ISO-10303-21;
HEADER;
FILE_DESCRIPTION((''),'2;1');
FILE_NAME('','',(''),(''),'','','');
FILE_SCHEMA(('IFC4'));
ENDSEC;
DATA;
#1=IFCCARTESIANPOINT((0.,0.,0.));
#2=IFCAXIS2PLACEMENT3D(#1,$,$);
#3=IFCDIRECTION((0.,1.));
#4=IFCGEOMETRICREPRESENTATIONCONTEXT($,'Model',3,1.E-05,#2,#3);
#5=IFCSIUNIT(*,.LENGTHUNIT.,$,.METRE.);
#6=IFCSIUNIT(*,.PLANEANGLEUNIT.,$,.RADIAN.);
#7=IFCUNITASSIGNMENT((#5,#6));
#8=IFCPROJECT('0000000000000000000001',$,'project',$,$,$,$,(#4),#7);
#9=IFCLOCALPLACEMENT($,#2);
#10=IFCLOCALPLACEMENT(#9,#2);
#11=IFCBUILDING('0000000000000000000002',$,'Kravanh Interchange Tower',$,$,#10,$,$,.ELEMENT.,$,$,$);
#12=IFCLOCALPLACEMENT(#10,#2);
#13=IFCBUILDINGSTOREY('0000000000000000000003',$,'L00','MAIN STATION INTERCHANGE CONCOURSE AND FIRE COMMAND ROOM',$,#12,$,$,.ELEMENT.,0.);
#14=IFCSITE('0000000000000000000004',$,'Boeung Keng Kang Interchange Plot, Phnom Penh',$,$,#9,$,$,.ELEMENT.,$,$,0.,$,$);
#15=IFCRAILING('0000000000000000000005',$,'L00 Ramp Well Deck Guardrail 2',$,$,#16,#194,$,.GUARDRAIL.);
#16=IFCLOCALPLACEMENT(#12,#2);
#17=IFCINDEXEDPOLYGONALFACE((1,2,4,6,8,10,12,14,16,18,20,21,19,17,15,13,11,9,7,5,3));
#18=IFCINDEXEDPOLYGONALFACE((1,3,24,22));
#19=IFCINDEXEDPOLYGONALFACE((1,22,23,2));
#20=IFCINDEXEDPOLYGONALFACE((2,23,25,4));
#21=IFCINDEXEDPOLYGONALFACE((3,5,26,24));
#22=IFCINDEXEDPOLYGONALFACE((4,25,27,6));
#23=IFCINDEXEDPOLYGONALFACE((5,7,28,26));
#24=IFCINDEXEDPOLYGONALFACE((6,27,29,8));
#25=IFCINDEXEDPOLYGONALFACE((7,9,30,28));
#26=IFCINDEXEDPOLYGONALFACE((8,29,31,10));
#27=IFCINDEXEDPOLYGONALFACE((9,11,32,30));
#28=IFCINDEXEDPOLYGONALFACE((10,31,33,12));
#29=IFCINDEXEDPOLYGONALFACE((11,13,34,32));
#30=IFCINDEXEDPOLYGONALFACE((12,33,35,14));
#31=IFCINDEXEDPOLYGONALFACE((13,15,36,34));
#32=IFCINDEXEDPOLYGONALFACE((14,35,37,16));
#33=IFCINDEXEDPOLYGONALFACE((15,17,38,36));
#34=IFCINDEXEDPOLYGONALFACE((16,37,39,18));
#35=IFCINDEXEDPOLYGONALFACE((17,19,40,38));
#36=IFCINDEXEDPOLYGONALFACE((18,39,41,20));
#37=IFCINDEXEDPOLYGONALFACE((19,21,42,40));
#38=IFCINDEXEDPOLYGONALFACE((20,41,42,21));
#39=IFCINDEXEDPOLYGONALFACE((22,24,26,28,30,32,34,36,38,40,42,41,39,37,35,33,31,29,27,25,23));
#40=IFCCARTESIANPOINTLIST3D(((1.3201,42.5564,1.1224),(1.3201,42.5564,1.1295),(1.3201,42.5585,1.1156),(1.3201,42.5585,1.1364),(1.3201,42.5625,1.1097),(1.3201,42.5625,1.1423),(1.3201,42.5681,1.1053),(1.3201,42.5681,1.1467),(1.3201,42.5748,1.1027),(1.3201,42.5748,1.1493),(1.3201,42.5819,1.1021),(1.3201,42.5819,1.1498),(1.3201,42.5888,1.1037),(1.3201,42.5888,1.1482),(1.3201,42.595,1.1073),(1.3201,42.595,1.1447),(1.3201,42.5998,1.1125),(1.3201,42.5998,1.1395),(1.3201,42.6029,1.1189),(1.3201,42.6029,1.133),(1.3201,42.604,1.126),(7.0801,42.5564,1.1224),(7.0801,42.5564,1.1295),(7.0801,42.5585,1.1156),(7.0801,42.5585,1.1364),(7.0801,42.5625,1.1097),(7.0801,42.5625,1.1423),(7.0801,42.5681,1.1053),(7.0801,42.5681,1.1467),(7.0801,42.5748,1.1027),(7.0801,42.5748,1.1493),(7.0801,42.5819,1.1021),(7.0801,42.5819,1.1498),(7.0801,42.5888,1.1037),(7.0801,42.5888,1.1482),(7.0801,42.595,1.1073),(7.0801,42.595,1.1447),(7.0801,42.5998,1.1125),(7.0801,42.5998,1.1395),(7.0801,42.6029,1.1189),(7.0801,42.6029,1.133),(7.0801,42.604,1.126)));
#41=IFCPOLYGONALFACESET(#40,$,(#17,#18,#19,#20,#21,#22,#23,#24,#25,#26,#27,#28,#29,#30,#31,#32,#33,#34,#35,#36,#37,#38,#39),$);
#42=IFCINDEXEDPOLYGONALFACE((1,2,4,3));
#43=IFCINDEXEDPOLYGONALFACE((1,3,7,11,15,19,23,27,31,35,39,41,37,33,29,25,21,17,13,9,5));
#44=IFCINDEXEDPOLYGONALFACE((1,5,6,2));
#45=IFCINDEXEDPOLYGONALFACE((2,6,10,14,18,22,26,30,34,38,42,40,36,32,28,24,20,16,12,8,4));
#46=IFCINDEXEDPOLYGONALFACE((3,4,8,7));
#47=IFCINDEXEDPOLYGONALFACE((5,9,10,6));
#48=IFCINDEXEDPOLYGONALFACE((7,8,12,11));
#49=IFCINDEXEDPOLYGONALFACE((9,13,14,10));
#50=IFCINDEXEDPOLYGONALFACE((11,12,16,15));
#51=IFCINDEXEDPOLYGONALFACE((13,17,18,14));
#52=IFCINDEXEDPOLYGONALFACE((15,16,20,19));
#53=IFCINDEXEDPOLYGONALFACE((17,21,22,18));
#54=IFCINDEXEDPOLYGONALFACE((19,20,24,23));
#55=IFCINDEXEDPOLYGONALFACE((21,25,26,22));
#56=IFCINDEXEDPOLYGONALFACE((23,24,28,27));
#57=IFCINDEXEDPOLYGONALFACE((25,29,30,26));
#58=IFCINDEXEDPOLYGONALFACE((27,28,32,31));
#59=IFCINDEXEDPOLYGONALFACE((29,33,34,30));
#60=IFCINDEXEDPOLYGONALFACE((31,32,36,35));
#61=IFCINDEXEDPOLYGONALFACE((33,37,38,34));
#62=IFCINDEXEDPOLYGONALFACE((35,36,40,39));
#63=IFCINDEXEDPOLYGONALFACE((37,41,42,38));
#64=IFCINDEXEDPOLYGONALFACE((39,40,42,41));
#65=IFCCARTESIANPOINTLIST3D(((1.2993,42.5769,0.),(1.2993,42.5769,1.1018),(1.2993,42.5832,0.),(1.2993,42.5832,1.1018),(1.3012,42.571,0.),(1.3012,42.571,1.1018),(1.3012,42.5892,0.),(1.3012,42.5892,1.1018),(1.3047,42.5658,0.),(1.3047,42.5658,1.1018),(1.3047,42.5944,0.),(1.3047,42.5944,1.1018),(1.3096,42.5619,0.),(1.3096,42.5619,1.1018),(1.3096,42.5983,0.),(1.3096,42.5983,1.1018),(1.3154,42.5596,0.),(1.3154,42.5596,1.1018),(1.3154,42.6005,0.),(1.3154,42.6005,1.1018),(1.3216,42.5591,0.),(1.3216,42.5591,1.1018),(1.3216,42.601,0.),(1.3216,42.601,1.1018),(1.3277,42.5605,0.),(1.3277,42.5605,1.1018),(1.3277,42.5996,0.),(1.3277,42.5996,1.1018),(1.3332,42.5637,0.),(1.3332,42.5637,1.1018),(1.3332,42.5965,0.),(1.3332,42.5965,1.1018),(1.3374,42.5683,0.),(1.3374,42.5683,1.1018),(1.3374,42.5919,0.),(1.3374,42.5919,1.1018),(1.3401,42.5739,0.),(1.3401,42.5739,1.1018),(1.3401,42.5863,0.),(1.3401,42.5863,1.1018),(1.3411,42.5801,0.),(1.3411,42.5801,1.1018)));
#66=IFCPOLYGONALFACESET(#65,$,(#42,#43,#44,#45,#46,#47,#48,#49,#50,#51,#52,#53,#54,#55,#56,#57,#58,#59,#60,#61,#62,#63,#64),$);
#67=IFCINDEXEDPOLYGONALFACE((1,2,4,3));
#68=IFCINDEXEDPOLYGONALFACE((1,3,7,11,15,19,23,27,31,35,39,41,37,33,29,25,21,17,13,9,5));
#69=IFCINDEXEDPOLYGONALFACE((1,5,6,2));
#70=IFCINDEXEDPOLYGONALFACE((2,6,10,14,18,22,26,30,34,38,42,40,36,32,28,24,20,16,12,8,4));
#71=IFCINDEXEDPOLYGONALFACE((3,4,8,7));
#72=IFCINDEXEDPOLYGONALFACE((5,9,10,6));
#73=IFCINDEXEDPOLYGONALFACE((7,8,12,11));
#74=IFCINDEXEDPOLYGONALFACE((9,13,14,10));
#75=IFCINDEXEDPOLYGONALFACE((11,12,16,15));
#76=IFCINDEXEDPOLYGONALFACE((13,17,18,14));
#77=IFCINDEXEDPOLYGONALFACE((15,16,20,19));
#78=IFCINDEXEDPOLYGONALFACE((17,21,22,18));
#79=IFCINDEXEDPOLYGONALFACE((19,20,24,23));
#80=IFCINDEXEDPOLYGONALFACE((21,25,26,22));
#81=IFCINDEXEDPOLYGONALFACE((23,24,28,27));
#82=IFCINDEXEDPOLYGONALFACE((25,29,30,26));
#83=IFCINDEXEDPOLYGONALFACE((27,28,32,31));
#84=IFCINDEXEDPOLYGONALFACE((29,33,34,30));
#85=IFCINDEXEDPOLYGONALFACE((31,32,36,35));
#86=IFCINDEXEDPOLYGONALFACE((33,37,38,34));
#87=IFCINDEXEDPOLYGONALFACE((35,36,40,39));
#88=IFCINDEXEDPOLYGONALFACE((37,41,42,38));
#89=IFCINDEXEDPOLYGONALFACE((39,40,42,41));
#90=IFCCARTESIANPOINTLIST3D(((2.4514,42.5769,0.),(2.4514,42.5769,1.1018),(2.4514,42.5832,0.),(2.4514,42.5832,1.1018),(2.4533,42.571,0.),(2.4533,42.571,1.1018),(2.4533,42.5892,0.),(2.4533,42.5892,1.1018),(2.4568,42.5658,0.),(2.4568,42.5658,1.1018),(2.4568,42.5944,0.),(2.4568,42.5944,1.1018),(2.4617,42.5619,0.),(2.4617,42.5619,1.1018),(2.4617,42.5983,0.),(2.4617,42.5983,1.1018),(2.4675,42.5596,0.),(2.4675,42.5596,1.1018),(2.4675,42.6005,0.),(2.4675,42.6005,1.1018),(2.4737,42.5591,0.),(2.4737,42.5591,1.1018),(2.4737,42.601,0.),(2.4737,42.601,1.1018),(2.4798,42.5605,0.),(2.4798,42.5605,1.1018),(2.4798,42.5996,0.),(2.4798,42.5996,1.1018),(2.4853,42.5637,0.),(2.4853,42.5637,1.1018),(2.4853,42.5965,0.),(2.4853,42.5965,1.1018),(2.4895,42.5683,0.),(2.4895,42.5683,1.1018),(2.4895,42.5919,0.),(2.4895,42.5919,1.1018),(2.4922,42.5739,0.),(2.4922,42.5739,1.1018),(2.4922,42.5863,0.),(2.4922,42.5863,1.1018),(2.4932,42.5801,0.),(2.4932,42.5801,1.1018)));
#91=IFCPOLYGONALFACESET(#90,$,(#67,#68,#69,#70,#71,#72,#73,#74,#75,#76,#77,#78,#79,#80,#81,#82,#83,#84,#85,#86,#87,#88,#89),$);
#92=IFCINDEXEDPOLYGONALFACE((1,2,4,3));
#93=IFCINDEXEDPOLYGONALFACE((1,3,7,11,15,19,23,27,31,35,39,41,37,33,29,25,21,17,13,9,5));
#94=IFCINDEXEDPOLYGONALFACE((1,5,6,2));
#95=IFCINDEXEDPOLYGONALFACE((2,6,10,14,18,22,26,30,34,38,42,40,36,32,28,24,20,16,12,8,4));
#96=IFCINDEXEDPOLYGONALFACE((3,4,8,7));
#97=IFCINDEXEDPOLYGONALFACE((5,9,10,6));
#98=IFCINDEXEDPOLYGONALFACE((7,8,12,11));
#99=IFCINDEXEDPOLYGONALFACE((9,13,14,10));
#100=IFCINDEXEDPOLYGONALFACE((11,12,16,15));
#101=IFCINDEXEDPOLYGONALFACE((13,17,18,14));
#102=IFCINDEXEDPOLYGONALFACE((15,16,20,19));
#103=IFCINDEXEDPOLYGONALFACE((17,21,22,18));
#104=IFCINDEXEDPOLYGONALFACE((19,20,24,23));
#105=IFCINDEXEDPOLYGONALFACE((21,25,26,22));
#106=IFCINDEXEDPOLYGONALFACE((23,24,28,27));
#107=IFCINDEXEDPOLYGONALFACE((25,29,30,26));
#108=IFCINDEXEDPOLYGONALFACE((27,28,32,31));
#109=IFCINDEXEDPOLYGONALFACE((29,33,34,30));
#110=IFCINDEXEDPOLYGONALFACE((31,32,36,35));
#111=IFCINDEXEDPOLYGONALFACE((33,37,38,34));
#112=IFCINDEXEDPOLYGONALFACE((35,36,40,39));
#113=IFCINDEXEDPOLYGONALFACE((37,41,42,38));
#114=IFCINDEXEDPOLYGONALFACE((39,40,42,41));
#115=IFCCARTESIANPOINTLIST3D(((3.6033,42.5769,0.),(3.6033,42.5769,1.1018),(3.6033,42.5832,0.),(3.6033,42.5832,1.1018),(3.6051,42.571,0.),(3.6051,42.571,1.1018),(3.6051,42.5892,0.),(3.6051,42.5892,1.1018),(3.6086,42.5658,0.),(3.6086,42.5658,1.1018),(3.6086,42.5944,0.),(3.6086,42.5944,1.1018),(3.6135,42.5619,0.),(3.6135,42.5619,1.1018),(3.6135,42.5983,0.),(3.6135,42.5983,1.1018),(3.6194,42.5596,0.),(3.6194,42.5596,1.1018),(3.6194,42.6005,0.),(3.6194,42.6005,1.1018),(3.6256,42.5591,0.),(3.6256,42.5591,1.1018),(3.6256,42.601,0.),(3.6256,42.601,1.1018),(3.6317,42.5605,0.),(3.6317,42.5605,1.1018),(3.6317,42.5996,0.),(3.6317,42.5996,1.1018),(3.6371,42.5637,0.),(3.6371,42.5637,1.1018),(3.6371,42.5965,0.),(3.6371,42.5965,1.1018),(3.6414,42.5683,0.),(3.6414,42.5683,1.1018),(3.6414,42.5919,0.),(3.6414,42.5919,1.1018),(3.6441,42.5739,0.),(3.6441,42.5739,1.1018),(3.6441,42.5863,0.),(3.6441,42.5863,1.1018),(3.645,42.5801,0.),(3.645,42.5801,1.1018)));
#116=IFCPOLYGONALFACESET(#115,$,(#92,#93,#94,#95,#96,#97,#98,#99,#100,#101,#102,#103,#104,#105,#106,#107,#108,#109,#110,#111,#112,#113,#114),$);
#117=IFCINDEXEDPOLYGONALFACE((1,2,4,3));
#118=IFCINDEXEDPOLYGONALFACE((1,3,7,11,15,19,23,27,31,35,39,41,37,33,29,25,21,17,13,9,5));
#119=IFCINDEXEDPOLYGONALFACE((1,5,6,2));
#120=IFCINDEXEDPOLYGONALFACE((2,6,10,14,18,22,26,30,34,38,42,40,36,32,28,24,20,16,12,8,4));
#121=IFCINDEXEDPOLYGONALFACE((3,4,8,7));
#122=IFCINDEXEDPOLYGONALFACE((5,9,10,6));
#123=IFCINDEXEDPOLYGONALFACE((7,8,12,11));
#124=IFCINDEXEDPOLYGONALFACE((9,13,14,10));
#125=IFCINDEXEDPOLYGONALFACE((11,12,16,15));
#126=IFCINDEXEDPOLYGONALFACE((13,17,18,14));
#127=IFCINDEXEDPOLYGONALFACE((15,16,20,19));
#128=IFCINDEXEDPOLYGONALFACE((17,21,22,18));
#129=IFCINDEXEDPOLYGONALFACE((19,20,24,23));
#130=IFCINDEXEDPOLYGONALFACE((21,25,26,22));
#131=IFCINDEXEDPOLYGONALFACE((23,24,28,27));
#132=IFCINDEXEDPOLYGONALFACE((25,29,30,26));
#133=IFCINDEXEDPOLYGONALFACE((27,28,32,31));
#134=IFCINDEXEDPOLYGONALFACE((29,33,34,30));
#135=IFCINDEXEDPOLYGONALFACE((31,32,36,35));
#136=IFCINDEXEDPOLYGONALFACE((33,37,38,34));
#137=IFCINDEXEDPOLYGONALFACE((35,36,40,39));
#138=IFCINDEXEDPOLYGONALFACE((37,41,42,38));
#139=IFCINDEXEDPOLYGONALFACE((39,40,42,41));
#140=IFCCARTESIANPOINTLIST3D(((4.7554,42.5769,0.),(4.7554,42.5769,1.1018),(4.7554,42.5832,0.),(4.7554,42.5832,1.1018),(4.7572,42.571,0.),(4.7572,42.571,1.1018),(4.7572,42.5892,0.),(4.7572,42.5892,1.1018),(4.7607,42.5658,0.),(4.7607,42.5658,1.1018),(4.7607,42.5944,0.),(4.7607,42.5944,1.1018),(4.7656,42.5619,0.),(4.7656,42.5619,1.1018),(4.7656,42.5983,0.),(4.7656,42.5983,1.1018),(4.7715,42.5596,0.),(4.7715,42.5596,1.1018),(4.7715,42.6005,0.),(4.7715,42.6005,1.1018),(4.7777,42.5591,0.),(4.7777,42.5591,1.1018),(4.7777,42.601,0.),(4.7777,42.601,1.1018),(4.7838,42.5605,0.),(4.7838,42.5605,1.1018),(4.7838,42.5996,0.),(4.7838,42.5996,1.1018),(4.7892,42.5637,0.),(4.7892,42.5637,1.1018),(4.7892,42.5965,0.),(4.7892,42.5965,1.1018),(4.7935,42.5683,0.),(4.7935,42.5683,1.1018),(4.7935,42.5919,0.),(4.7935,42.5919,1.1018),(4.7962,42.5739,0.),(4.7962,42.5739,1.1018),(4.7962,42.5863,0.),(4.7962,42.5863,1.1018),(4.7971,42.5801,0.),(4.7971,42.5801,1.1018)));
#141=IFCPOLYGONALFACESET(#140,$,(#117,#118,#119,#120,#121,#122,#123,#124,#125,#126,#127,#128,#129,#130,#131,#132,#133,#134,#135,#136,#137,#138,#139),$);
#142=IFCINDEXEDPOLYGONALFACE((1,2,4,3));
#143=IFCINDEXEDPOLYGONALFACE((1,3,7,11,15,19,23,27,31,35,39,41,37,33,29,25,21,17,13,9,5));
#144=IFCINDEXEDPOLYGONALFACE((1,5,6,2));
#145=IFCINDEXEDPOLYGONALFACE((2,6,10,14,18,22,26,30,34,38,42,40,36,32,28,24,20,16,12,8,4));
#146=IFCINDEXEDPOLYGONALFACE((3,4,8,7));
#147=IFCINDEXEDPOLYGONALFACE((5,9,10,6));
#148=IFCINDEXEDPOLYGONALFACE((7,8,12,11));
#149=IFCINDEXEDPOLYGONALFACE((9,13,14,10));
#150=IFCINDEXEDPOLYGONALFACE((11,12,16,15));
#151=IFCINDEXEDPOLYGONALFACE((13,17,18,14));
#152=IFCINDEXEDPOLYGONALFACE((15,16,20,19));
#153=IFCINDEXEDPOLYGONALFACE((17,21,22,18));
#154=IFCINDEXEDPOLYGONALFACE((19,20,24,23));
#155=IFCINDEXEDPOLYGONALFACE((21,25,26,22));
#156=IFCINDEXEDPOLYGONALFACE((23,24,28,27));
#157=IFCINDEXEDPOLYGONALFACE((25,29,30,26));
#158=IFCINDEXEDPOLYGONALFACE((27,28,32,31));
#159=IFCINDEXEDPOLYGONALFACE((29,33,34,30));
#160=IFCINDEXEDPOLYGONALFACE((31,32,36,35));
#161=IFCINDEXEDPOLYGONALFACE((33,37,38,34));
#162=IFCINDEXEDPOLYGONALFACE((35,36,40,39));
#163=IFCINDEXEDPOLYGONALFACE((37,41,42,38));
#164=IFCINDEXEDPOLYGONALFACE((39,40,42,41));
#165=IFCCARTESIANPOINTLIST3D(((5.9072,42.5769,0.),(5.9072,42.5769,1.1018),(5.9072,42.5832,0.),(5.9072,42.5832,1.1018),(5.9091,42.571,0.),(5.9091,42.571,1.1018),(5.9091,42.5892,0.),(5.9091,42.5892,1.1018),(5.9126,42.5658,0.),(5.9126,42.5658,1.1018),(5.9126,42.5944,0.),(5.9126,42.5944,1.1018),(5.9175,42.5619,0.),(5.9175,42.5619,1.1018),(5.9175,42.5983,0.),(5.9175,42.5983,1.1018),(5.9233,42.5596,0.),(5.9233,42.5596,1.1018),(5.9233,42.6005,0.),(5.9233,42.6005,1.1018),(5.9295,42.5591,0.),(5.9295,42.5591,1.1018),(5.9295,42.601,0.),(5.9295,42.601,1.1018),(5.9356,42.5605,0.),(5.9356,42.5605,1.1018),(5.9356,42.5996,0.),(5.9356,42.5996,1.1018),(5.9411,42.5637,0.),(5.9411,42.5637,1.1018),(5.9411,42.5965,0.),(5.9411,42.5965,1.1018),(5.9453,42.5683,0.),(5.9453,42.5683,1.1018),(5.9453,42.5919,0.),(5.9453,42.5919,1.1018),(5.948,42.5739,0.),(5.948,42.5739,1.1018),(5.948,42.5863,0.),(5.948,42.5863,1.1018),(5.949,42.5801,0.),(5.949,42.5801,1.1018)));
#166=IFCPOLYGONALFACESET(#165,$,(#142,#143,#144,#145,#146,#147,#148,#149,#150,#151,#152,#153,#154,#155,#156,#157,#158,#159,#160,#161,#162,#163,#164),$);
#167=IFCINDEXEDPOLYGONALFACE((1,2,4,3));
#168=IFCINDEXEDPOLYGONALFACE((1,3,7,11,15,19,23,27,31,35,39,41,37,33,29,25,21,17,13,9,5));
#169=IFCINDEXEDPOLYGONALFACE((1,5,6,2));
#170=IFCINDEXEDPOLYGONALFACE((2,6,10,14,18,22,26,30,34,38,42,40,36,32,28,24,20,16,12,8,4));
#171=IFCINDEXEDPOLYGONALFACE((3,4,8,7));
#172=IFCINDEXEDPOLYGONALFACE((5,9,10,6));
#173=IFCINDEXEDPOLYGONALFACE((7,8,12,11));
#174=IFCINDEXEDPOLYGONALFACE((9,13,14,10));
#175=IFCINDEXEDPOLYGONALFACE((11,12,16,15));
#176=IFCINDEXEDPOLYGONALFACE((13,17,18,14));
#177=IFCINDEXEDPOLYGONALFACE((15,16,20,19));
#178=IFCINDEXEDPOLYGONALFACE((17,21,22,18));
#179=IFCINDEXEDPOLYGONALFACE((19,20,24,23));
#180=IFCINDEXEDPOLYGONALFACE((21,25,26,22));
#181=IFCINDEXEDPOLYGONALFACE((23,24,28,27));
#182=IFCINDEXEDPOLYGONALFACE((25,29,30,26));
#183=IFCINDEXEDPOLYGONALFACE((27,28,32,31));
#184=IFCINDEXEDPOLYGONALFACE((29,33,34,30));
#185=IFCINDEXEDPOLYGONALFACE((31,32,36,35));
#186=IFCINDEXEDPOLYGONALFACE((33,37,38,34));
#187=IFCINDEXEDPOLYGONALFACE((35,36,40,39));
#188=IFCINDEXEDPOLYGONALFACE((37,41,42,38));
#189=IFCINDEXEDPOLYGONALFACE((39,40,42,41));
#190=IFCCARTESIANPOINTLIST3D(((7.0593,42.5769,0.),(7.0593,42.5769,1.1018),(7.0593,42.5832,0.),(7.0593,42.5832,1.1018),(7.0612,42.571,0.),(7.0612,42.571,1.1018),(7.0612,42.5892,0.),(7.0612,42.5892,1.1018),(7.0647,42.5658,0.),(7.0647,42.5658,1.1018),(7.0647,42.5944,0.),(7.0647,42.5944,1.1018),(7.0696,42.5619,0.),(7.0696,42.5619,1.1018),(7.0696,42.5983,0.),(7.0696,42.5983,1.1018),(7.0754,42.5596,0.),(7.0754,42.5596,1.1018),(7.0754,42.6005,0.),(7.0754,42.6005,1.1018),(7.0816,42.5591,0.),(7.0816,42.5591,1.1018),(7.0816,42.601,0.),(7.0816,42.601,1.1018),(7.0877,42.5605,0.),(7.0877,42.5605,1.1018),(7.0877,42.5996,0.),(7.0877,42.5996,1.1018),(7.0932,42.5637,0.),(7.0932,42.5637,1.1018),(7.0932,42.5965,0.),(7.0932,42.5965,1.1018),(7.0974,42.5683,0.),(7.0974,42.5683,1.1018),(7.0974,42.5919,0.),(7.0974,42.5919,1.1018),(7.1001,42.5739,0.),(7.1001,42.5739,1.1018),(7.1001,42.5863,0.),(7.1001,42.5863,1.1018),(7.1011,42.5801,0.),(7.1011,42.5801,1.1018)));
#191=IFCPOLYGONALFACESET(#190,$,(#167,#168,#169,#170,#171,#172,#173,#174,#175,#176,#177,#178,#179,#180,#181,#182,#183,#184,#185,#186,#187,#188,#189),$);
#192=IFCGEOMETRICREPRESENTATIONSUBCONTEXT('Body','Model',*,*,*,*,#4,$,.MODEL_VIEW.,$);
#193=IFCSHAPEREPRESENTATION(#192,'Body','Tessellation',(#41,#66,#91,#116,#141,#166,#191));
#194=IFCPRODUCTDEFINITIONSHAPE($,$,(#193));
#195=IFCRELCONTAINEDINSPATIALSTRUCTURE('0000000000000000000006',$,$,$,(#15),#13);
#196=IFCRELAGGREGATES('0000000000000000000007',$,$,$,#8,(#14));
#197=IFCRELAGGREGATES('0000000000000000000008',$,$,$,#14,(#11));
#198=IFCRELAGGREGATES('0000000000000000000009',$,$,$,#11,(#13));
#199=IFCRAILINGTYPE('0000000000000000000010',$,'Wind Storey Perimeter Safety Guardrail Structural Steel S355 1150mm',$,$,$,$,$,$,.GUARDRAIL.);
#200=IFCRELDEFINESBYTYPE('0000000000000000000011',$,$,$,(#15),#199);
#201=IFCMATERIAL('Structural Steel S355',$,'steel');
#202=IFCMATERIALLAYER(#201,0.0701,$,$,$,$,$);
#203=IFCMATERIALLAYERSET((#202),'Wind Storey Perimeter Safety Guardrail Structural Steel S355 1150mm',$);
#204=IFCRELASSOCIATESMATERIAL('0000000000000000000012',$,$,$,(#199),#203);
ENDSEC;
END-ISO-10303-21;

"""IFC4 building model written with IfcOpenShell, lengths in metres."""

from ifc_helpers import new_model, si_unit, direction, frame, origin, origin_2d, place, context, subcontext, project, spatial, circle, extrude, material, layer, layer_set, type_object, element, save


model = new_model("IFC4")

# Units and contexts
model_context = context("Model", 3, precision=1e-05, world=origin(), true_north=direction((0.0, 1.0)))
body_context = subcontext(model_context, "Body", "Model", "MODEL_VIEW")
ifc_project = project(units=[si_unit("LENGTHUNIT", "METRE"), si_unit("PLANEANGLEUNIT", "RADIAN")], contexts=[model_context])

# Site, building, storey
site_placement = place(None, origin())
site = spatial("IfcSite", under=ifc_project, at=site_placement, Name="Boeung Keng Kang Interchange Plot, Phnom Penh", CompositionType="ELEMENT", RefElevation=0.0)
building_placement = place(site_placement, origin())
building = spatial("IfcBuilding", under=site, at=building_placement, Name="Kravanh Interchange Tower", CompositionType="ELEMENT")
storey_placement = place(building_placement, origin())
storey = spatial("IfcBuildingStorey", under=building, at=storey_placement, Name="L00", Description="MAIN STATION INTERCHANGE CONCOURSE AND FIRE COMMAND ROOM", CompositionType="ELEMENT", Elevation=0.0)

# Railing
ifc_material_1 = material(Name="Structural Steel S355", Category="steel")
ifc_layer_1 = layer(ifc_material_1, 0.0701)
ifc_layer_set_1 = layer_set([ifc_layer_1], Name="Wind Storey Perimeter Safety Guardrail Structural Steel S355 1150mm")
railing_type = type_object("IfcRailingType", Name="Wind Storey Perimeter Safety Guardrail Structural Steel S355 1150mm", PredefinedType="GUARDRAIL", material=ifc_layer_set_1)
railing_1_placement = place(storey_placement, frame((1.3201, 42.5801, 0.0)))
element("IfcRailing", 1, at=railing_1_placement, inside=storey, type_object=railing_type, Name="L00 Ramp Well Deck Guardrail 2", PredefinedType="GUARDRAIL", context=body_context, shape_type="SweptSolid", body=[
    extrude(circle(Radius=0.0239, at=origin_2d()), frame((0.0, 0.0, 1.126), z_axis=(1.0, 0.0, 0.0), x_axis=(0.0, 1.0, 0.0)), (0.0, 0.0, 1.0), 5.76),
    extrude(circle(Radius=0.021, at=origin_2d()), origin(), (0.0, 0.0, 1.0), 1.1018),
    extrude(circle(Radius=0.021, at=origin_2d()), frame((1.1521, 0.0, 0.0)), (0.0, 0.0, 1.0), 1.1018),
    extrude(circle(Radius=0.021, at=origin_2d()), frame((2.304, 0.0, 0.0)), (0.0, 0.0, 1.0), 1.1018),
    extrude(circle(Radius=0.021, at=origin_2d()), frame((3.4561, 0.0, 0.0)), (0.0, 0.0, 1.0), 1.1018),
    extrude(circle(Radius=0.021, at=origin_2d()), frame((4.6079, 0.0, 0.0)), (0.0, 0.0, 1.0), 1.1018),
    extrude(circle(Radius=0.021, at=origin_2d()), frame((5.76, 0.0, 0.0)), (0.0, 0.0, 1.0), 1.1018),
])

save(model, "model.ifc")
